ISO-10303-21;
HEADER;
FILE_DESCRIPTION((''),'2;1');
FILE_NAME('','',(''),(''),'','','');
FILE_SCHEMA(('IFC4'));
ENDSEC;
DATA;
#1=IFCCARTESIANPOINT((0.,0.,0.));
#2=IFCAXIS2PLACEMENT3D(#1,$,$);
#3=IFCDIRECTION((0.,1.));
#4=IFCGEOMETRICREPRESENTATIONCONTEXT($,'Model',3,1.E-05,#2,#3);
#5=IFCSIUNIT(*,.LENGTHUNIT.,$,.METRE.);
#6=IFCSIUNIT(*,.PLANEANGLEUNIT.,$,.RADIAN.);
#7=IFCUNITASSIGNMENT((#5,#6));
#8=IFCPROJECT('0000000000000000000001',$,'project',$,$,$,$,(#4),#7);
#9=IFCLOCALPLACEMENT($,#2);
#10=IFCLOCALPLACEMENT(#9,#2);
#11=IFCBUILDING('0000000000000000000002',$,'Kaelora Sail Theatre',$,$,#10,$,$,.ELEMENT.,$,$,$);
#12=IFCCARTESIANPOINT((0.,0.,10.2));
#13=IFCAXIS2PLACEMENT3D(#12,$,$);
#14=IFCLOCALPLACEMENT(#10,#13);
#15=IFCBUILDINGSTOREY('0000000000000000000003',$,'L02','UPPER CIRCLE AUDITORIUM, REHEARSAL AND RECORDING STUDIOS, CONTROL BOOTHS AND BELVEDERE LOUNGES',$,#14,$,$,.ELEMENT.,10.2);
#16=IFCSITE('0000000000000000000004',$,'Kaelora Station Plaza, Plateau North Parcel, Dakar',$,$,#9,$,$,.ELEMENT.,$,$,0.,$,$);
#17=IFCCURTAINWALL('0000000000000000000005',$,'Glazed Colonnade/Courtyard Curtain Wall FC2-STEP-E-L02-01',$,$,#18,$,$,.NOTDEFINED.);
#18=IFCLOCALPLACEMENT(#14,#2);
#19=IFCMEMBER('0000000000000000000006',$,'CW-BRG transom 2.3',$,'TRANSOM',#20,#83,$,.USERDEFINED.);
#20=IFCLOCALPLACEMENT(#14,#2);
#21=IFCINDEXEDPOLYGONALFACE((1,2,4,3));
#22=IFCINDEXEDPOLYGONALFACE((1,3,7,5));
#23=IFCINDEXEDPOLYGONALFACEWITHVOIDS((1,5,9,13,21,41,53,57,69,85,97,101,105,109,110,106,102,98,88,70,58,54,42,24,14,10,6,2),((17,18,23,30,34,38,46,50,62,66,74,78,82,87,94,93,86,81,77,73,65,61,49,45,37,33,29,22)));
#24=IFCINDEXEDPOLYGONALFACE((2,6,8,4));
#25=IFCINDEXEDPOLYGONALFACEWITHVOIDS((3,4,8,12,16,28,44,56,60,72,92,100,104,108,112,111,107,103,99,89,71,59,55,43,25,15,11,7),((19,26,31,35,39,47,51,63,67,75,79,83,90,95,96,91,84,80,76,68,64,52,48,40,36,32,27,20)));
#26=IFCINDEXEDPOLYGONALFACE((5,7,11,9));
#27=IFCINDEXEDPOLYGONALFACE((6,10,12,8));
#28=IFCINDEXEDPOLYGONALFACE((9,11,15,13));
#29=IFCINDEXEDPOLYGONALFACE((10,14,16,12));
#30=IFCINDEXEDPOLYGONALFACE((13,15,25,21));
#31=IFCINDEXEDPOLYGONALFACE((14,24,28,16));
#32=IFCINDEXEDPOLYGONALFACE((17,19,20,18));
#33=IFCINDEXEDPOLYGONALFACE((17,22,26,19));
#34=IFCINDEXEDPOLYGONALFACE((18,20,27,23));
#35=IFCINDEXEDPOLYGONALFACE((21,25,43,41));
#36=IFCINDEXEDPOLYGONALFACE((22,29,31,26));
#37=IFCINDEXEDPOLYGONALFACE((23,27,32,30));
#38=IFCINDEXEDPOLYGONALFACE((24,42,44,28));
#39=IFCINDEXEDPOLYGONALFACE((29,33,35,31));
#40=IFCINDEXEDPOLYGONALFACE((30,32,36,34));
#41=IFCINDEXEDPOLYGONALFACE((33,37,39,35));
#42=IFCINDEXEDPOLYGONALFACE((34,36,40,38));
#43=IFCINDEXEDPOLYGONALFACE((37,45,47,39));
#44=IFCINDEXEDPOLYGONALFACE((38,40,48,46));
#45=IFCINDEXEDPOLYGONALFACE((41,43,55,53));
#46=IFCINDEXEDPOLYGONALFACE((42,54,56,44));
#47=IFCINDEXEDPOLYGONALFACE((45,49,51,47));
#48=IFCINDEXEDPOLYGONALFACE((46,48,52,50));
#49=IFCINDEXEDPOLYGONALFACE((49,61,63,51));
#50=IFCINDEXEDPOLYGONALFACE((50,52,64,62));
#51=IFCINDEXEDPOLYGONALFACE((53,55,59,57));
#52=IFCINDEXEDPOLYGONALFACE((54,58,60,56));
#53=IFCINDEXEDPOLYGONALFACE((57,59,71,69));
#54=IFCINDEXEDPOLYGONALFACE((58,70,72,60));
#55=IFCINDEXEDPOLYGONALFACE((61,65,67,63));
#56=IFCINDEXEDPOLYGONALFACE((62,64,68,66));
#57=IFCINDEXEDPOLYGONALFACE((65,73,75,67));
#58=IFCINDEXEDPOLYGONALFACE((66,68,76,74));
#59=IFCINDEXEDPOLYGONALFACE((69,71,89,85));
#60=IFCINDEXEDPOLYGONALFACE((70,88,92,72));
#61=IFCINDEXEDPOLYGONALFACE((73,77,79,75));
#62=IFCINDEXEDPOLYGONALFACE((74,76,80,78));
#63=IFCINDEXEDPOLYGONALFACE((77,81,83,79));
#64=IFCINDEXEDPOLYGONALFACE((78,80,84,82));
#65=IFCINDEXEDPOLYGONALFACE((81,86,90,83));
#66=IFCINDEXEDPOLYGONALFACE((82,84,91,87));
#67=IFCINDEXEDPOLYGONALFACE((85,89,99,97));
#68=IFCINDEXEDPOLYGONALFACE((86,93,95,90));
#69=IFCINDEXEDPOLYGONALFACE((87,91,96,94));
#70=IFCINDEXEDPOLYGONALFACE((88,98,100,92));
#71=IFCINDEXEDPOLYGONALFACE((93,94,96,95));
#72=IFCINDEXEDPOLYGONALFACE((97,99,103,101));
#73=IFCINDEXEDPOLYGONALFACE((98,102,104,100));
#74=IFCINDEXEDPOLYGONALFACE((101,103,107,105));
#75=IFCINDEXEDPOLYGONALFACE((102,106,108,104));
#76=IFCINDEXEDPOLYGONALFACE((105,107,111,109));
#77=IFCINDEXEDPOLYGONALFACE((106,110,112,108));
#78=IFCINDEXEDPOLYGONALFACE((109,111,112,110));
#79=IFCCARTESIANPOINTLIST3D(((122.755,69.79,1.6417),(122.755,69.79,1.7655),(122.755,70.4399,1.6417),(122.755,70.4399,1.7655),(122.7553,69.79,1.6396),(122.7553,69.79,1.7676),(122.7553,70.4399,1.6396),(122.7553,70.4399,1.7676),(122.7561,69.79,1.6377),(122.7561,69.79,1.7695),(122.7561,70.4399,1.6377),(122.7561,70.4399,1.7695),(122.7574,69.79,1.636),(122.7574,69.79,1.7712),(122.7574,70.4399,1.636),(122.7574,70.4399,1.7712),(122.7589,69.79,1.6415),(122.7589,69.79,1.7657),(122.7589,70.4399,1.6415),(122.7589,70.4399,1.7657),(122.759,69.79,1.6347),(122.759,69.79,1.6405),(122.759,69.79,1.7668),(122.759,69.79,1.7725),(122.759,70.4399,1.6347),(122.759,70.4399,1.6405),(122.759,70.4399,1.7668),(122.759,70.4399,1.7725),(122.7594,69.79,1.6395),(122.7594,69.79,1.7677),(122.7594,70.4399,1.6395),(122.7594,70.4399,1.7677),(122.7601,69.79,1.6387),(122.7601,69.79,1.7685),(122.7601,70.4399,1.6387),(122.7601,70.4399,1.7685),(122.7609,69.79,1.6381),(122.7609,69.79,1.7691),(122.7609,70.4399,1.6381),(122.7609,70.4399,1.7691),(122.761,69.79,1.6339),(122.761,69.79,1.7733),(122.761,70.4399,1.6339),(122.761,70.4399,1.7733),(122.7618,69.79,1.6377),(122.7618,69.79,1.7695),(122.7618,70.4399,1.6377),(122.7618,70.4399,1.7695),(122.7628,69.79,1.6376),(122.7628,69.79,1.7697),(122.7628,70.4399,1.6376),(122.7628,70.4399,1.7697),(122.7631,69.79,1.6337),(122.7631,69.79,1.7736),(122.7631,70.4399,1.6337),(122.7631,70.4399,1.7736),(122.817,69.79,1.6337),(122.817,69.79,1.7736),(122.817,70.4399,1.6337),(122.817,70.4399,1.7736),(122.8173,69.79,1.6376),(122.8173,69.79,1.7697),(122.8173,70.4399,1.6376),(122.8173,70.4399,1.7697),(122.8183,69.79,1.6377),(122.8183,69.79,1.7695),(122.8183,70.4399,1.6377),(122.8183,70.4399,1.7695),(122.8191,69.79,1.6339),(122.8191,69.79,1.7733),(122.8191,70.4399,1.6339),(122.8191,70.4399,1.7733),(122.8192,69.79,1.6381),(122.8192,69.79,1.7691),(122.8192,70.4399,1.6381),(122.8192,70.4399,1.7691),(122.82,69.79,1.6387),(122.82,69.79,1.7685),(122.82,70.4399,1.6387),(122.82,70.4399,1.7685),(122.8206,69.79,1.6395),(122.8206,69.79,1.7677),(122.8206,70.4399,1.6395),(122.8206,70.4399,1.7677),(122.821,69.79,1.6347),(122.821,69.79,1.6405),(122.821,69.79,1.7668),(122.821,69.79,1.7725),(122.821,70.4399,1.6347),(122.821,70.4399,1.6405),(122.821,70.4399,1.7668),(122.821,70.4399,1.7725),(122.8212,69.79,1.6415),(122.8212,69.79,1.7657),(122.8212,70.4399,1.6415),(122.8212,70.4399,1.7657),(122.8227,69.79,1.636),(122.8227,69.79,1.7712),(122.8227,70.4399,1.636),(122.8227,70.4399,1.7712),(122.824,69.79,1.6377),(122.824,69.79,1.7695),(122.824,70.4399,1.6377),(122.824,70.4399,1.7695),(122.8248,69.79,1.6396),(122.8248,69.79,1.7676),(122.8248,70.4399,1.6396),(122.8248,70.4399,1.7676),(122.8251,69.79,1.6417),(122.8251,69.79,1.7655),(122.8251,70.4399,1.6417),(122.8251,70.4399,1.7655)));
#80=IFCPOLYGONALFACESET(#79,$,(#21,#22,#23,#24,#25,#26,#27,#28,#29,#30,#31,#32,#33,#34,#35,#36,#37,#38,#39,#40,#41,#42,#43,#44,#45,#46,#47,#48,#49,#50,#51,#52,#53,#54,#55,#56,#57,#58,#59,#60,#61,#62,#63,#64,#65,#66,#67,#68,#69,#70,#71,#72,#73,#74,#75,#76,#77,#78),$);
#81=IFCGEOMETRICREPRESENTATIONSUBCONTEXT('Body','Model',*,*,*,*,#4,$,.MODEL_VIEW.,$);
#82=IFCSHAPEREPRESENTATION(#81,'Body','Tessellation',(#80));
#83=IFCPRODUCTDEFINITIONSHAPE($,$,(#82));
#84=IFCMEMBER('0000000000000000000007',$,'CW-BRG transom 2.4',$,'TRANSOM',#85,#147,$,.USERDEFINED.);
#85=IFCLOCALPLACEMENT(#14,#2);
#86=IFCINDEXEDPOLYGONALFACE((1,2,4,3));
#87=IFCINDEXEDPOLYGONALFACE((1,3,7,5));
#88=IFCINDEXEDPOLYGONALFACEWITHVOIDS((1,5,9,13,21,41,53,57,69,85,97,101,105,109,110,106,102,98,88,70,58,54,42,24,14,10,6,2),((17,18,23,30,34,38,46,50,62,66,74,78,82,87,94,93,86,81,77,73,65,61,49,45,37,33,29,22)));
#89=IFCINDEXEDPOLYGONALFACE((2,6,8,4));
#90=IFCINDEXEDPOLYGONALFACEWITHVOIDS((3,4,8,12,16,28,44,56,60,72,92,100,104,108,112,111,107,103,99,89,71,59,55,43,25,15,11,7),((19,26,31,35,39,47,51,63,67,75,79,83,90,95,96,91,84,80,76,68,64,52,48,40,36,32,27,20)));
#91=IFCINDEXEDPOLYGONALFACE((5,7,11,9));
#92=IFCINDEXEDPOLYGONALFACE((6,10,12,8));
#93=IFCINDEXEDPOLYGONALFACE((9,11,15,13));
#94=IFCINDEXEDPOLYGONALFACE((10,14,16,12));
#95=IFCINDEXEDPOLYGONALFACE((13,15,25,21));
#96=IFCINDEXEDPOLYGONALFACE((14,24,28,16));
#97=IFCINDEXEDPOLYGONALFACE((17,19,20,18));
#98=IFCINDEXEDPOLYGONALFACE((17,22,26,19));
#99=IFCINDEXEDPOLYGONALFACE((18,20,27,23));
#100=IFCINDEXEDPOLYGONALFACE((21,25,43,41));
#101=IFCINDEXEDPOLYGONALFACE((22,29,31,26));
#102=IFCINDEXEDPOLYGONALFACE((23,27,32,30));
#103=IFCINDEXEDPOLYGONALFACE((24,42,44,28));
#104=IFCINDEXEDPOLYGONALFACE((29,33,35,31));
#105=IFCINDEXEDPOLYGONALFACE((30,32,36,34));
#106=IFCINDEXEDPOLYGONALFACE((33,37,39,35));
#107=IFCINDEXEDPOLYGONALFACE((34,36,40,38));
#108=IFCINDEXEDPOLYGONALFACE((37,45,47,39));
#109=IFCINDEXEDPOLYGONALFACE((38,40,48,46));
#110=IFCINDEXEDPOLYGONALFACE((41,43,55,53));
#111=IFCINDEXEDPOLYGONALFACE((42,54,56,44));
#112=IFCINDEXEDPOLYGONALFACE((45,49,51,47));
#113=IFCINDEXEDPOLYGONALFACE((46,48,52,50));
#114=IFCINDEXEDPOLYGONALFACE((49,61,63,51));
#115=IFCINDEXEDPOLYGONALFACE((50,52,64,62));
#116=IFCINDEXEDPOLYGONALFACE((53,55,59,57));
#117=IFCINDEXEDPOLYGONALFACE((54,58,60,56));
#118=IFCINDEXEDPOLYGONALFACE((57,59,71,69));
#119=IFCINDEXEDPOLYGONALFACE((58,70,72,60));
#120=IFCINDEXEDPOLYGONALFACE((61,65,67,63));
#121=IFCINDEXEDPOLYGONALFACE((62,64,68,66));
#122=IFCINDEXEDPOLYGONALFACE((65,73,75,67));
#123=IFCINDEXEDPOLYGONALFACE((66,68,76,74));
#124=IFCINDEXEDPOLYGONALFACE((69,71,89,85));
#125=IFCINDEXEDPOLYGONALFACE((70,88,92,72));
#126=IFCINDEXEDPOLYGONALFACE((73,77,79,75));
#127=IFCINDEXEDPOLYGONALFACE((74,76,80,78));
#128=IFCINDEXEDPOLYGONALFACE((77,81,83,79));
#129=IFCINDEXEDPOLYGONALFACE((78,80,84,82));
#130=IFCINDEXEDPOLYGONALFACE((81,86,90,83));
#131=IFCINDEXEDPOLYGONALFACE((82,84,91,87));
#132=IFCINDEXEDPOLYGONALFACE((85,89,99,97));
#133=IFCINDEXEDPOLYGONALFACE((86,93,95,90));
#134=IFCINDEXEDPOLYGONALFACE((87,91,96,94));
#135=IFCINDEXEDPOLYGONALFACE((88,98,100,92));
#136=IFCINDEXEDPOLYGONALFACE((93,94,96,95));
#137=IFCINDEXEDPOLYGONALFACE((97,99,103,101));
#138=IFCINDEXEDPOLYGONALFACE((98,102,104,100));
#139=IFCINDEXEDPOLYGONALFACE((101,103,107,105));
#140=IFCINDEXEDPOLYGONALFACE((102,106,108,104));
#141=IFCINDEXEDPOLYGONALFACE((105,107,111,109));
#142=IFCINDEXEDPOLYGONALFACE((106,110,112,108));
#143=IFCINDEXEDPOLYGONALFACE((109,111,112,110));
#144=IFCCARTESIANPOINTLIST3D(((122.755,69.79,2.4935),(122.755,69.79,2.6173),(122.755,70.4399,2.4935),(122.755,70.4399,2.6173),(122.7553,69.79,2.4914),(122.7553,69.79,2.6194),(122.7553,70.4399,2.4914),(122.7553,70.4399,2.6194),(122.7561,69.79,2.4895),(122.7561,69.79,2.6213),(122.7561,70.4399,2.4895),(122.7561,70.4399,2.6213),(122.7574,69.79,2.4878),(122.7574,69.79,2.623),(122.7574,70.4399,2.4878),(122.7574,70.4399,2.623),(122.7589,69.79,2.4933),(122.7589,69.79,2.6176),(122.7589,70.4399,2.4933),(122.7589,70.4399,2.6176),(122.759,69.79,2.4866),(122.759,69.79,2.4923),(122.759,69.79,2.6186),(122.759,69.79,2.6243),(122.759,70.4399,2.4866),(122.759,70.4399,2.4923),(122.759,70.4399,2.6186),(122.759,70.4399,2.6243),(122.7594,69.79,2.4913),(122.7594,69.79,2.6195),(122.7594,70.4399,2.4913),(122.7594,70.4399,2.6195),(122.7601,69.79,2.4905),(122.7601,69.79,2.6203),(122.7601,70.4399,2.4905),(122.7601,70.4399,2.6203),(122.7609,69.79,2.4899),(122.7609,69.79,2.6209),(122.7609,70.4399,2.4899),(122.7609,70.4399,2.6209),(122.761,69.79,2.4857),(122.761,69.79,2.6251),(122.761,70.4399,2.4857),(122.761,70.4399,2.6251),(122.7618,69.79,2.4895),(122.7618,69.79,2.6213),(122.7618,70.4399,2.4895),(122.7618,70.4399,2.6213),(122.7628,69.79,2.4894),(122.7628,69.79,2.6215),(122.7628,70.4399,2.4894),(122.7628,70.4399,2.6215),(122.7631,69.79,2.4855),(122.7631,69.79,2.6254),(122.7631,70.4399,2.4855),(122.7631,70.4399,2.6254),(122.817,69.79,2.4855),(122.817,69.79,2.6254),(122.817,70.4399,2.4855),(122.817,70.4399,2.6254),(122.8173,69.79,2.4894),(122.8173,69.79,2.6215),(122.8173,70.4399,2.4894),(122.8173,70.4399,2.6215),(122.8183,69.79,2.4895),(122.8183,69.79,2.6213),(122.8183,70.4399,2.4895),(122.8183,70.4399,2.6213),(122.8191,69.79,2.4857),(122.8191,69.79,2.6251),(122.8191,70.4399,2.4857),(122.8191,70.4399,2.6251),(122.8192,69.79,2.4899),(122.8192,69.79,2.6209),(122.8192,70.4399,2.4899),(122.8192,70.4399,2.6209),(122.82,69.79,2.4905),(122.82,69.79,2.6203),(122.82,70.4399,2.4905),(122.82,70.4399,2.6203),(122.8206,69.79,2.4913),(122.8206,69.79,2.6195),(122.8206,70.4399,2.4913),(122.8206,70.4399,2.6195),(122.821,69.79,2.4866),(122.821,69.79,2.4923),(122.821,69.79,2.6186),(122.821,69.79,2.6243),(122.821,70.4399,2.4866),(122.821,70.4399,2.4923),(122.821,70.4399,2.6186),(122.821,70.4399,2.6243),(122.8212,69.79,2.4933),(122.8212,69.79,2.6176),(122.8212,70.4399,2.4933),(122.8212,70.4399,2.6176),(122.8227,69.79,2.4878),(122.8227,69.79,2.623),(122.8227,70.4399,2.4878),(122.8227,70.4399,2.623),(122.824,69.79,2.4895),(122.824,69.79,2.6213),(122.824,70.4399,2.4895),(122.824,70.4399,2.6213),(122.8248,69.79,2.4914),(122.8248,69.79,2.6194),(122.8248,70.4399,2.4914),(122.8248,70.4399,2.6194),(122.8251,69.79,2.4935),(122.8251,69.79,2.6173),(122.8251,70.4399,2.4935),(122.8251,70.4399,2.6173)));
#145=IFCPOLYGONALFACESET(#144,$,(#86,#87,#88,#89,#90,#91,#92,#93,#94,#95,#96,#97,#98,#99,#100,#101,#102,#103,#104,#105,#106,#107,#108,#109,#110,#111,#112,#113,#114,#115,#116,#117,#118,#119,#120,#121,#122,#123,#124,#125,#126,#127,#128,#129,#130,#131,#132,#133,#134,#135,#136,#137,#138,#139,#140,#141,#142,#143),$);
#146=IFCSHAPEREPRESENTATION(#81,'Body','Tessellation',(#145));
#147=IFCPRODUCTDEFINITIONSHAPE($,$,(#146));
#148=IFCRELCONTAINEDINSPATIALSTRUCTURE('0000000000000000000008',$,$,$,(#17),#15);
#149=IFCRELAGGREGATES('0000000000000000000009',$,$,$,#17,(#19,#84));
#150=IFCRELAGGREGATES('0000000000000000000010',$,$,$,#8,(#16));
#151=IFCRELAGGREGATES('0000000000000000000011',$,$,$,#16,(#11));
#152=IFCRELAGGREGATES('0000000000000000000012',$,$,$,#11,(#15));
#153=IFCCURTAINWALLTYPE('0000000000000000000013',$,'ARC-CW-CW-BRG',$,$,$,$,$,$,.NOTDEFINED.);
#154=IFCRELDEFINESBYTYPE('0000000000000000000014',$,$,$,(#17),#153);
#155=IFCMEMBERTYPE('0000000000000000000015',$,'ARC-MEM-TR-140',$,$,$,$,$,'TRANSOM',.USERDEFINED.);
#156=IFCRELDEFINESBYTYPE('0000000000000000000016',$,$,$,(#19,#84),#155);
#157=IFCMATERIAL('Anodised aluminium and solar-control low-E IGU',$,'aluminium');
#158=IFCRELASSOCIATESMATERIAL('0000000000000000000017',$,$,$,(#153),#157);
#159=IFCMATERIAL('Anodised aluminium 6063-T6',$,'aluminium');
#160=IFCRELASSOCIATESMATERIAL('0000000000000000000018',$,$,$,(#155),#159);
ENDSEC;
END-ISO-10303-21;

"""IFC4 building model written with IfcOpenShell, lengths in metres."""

from ifc_helpers import new_model, si_unit, direction, frame, origin, origin_2d, place, context, subcontext, project, spatial, hollow_rectangle, extrude, material, material_profile, profile_set, type_object, element, aggregate, save


model = new_model("IFC4")

# Units and contexts
model_context = context("Model", 3, precision=1e-05, world=origin(), true_north=direction((0.0, 1.0)))
body_context = subcontext(model_context, "Body", "Model", "MODEL_VIEW")
ifc_project = project(units=[si_unit("LENGTHUNIT", "METRE"), si_unit("PLANEANGLEUNIT", "RADIAN")], contexts=[model_context])

# Site, building, storey
site_placement = place(None, origin())
site = spatial("IfcSite", under=ifc_project, at=site_placement, Name="Kaelora Station Plaza, Plateau North Parcel, Dakar", CompositionType="ELEMENT", RefElevation=0.0)
building_placement = place(site_placement, origin())
building = spatial("IfcBuilding", under=site, at=building_placement, Name="Kaelora Sail Theatre", CompositionType="ELEMENT")
storey_placement = place(building_placement, frame((0.0, 0.0, 10.2)))
storey = spatial("IfcBuildingStorey", under=building, at=storey_placement, Name="L02", Description="UPPER CIRCLE AUDITORIUM, REHEARSAL AND RECORDING STUDIOS, CONTROL BOOTHS AND BELVEDERE LOUNGES", CompositionType="ELEMENT", Elevation=10.2)

# Curtain wall
ifc_material_1 = material(Name="Anodised aluminium and solar-control low-E IGU", Category="aluminium")
curtain_wall_type = type_object("IfcCurtainWallType", Name="ARC-CW-CW-BRG", PredefinedType="NOTDEFINED", material=ifc_material_1)
curtain_wall_1_placement = place(storey_placement, origin())
curtain_wall_1 = element("IfcCurtainWall", 1, at=curtain_wall_1_placement, inside=storey, type_object=curtain_wall_type, Name="Glazed Colonnade/Courtyard Curtain Wall FC2-STEP-E-L02-01", PredefinedType="NOTDEFINED")

# Members
ifc_material_2 = material(Name="Anodised aluminium 6063-T6", Category="aluminium")
ifc_material_profile_1 = material_profile(ifc_material_2, hollow_rectangle(XDim=0.0701, YDim=0.1399, WallThickness=0.0039, InnerFilletRadius=0.0039, OuterFilletRadius=0.0081, at=origin_2d()), Name="ALU-TRAN 70x140x4")
ifc_profile_set_1 = profile_set([ifc_material_profile_1], Name="Anodised aluminium 6063-T6")
member_type_1 = type_object("IfcMemberType", Name="ARC-MEM-TR-140", ElementType="TRANSOM", PredefinedType="USERDEFINED", material=ifc_profile_set_1)
member_1_placement = place(storey_placement, frame((122.79, 69.79, 1.7036), z_axis=(0.0, 1.0, 0.0), x_axis=(-1.0, 0.0, 0.0)))
member_1 = element("IfcMember", 2, at=member_1_placement, type_object=member_type_1, Name="CW-BRG transom 2.3", ObjectType="TRANSOM", PredefinedType="USERDEFINED", context=body_context, shape_type="SweptSolid", body=[
    extrude(hollow_rectangle(XDim=0.0701, YDim=0.1399, WallThickness=0.0039, InnerFilletRadius=0.0039, OuterFilletRadius=0.0081, at=origin_2d()), origin(), (0.0, 0.0, 1.0), 0.6499),
])
member_2_placement = place(storey_placement, frame((122.79, 69.79, 2.5554), z_axis=(0.0, 1.0, 0.0), x_axis=(-1.0, 0.0, 0.0)))
member_2 = element("IfcMember", 3, at=member_2_placement, type_object=member_type_1, Name="CW-BRG transom 2.4", ObjectType="TRANSOM", PredefinedType="USERDEFINED", context=body_context, shape_type="SweptSolid", body=[
    extrude(hollow_rectangle(XDim=0.0701, YDim=0.1399, WallThickness=0.0039, InnerFilletRadius=0.0039, OuterFilletRadius=0.0081, at=origin_2d()), origin(), (0.0, 0.0, 1.0), 0.6499),
])

aggregate(curtain_wall_1, [member_1, member_2])

save(model, "model.ifc")
